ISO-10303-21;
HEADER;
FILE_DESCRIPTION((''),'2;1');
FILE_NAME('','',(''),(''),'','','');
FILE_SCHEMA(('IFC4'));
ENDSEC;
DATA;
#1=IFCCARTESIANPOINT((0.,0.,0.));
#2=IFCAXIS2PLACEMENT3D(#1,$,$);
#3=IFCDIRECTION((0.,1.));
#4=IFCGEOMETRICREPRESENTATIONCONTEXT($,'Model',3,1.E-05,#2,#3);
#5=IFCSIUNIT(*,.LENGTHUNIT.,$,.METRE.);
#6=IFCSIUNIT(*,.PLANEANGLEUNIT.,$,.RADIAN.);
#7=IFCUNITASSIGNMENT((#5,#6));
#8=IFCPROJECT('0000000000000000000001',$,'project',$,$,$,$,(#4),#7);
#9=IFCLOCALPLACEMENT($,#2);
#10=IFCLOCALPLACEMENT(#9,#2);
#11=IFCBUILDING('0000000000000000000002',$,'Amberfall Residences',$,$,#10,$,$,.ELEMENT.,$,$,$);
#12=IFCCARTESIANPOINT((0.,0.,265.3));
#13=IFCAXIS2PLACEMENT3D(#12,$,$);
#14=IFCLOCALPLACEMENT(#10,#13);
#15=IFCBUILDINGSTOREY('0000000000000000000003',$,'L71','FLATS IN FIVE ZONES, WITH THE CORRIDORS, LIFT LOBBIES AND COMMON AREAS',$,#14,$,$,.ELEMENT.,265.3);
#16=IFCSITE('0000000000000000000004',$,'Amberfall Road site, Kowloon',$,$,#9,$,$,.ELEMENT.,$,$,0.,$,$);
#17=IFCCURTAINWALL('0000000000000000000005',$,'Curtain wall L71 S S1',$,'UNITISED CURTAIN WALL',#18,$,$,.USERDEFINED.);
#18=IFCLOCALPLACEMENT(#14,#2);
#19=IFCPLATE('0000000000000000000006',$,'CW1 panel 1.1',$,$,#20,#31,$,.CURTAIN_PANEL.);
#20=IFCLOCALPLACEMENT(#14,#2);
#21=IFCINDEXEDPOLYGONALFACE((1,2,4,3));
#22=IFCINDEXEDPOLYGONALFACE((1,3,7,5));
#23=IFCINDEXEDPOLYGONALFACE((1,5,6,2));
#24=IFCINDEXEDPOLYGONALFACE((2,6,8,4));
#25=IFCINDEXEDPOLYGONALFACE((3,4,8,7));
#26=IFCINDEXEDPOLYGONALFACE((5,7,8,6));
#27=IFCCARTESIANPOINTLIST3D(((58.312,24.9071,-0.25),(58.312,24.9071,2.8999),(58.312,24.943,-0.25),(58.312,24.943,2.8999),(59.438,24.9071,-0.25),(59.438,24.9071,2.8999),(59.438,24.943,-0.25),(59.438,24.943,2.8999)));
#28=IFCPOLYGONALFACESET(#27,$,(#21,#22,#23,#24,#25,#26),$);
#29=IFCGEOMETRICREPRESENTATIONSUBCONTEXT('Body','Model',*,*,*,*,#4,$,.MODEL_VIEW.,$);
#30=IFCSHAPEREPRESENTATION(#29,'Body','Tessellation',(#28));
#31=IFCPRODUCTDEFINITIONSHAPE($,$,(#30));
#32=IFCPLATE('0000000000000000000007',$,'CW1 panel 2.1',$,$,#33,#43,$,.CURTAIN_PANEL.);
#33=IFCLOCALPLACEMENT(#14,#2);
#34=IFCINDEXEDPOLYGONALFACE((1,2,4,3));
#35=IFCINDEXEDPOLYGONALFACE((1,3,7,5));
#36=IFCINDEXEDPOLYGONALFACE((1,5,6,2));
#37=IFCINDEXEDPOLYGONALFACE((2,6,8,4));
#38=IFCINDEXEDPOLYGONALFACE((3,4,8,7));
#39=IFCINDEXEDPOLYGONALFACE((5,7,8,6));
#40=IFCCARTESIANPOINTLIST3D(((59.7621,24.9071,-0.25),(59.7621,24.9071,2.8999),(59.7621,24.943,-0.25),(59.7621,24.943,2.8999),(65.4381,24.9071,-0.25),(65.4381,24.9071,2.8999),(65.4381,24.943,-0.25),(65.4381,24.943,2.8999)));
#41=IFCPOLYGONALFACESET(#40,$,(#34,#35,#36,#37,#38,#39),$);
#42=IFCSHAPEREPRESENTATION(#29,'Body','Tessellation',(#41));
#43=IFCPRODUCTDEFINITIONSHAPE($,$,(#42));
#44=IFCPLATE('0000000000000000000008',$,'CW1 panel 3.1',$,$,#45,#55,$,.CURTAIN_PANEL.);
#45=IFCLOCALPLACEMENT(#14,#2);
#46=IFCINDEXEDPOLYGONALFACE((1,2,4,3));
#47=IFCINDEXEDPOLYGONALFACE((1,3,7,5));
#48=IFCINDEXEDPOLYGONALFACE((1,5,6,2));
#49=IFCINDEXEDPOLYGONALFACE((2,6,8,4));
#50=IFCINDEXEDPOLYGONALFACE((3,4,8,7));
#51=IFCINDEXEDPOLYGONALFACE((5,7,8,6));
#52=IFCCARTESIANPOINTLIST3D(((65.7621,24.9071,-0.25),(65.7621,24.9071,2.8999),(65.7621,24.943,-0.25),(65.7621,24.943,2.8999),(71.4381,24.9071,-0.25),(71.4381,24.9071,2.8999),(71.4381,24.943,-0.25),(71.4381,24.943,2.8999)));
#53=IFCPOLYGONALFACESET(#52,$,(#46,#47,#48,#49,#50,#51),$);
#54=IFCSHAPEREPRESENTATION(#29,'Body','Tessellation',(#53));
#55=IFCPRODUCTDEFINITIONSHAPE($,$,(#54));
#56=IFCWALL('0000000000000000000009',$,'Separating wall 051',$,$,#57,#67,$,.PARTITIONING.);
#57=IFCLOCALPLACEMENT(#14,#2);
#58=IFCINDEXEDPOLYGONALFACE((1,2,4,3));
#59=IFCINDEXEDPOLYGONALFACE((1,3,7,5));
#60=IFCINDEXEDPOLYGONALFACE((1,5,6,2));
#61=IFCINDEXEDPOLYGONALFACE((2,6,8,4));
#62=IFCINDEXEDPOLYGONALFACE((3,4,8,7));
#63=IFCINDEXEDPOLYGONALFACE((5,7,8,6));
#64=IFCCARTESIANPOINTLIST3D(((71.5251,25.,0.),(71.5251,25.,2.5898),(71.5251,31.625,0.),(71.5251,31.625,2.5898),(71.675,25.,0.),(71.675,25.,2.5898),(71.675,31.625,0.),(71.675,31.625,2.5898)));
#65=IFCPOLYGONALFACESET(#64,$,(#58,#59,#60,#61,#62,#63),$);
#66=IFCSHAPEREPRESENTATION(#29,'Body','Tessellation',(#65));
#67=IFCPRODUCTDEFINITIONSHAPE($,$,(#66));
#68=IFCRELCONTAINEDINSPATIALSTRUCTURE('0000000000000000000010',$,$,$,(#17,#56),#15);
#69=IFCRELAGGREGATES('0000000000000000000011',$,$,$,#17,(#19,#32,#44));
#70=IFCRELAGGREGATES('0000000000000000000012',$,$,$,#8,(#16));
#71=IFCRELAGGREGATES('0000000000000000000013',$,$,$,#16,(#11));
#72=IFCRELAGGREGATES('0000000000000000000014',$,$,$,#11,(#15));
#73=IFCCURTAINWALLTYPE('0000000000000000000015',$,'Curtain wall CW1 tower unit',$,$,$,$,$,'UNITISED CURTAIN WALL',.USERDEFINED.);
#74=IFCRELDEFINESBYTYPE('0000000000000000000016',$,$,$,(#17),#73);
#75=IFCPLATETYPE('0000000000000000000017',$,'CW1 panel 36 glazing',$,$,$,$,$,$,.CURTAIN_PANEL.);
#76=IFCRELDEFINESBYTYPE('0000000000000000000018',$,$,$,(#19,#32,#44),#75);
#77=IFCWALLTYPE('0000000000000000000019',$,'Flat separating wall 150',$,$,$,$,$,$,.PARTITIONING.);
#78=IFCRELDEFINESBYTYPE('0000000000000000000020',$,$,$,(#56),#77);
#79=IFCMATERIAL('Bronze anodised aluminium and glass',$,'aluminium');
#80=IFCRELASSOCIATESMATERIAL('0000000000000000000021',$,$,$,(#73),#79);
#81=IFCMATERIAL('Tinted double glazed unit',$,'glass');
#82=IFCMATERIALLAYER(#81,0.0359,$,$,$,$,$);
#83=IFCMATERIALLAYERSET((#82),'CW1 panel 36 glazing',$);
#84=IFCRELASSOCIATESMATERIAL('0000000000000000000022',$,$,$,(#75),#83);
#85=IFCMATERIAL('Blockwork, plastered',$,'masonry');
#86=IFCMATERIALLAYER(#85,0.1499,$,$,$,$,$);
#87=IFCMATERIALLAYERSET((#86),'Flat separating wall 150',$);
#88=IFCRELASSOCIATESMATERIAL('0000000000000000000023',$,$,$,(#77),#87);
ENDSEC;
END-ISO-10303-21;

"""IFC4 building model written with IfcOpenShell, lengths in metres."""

from ifc_helpers import new_model, si_unit, direction, frame, frame_2d, origin, origin_2d, place, context, subcontext, project, spatial, rectangle, extrude, material, layer, layer_set, type_object, element, aggregate, save


model = new_model("IFC4")

# Units and contexts
model_context = context("Model", 3, precision=1e-05, world=origin(), true_north=direction((0.0, 1.0)))
body_context = subcontext(model_context, "Body", "Model", "MODEL_VIEW")
ifc_project = project(units=[si_unit("LENGTHUNIT", "METRE"), si_unit("PLANEANGLEUNIT", "RADIAN")], contexts=[model_context])

# Site, building, storey
site_placement = place(None, origin())
site = spatial("IfcSite", under=ifc_project, at=site_placement, Name="Amberfall Road site, Kowloon", CompositionType="ELEMENT", RefElevation=0.0)
building_placement = place(site_placement, origin())
building = spatial("IfcBuilding", under=site, at=building_placement, Name="Amberfall Residences", CompositionType="ELEMENT")
storey_placement = place(building_placement, frame((0.0, 0.0, 265.3)))
storey = spatial("IfcBuildingStorey", under=building, at=storey_placement, Name="L71", Description="FLATS IN FIVE ZONES, WITH THE CORRIDORS, LIFT LOBBIES AND COMMON AREAS", CompositionType="ELEMENT", Elevation=265.3)

# Curtain wall
ifc_material_1 = material(Name="Bronze anodised aluminium and glass", Category="aluminium")
curtain_wall_type = type_object("IfcCurtainWallType", Name="Curtain wall CW1 tower unit", ElementType="UNITISED CURTAIN WALL", PredefinedType="USERDEFINED", material=ifc_material_1)
curtain_wall_placement = place(storey_placement, origin())
curtain_wall = element("IfcCurtainWall", 1, at=curtain_wall_placement, inside=storey, type_object=curtain_wall_type, Name="Curtain wall L71 S S1", ObjectType="UNITISED CURTAIN WALL", PredefinedType="USERDEFINED")

# Plates
ifc_material_2 = material(Name="Tinted double glazed unit", Category="glass")
ifc_layer_1 = layer(ifc_material_2, 0.0359)
ifc_layer_set_1 = layer_set([ifc_layer_1], Name="CW1 panel 36 glazing")
plate_type = type_object("IfcPlateType", Name="CW1 panel 36 glazing", PredefinedType="CURTAIN_PANEL", material=ifc_layer_set_1)
plate_1_placement = place(storey_placement, frame((58.875, 24.925, -0.25), z_axis=(0.0, 0.0, 1.0), x_axis=(1.0, 0.0, 0.0)))
plate_1 = element("IfcPlate", 2, at=plate_1_placement, type_object=plate_type, Name="CW1 panel 1.1", PredefinedType="CURTAIN_PANEL", context=body_context, shape_type="SweptSolid", body=[
    extrude(rectangle(XDim=1.126, YDim=0.0359, at=origin_2d()), origin(), (0.0, 0.0, 1.0), 3.1499),
])
plate_2_placement = place(storey_placement, frame((62.6001, 24.925, -0.25), z_axis=(0.0, 0.0, 1.0), x_axis=(1.0, 0.0, 0.0)))
plate_2 = element("IfcPlate", 3, at=plate_2_placement, type_object=plate_type, Name="CW1 panel 2.1", PredefinedType="CURTAIN_PANEL", context=body_context, shape_type="SweptSolid", body=[
    extrude(rectangle(XDim=5.676, YDim=0.0359, at=origin_2d()), origin(), (0.0, 0.0, 1.0), 3.1499),
])
plate_3_placement = place(storey_placement, frame((68.6001, 24.925, -0.25), z_axis=(0.0, 0.0, 1.0), x_axis=(1.0, 0.0, 0.0)))
plate_3 = element("IfcPlate", 4, at=plate_3_placement, type_object=plate_type, Name="CW1 panel 3.1", PredefinedType="CURTAIN_PANEL", context=body_context, shape_type="SweptSolid", body=[
    extrude(rectangle(XDim=5.676, YDim=0.0359, at=origin_2d()), origin(), (0.0, 0.0, 1.0), 3.1499),
])
aggregate(curtain_wall, [plate_1, plate_2, plate_3])

# Wall
ifc_material_3 = material(Name="Blockwork, plastered", Category="masonry")
ifc_layer_2 = layer(ifc_material_3, 0.1499)
ifc_layer_set_2 = layer_set([ifc_layer_2], Name="Flat separating wall 150")
wall_type = type_object("IfcWallType", Name="Flat separating wall 150", PredefinedType="PARTITIONING", material=ifc_layer_set_2)
wall_placement = place(storey_placement, frame((71.6001, 25.0, 0.0), z_axis=(0.0, 0.0, 1.0), x_axis=(0.0, 1.0, 0.0)))
element("IfcWall", 5, at=wall_placement, inside=storey, type_object=wall_type, Name="Separating wall 051", PredefinedType="PARTITIONING", context=body_context, shape_type="SweptSolid", body=[
    extrude(rectangle(XDim=6.625, YDim=0.1499, at=frame_2d((3.3125, 0.0))), origin(), (0.0, 0.0, 1.0), 2.5898),
])

save(model, "model.ifc")
